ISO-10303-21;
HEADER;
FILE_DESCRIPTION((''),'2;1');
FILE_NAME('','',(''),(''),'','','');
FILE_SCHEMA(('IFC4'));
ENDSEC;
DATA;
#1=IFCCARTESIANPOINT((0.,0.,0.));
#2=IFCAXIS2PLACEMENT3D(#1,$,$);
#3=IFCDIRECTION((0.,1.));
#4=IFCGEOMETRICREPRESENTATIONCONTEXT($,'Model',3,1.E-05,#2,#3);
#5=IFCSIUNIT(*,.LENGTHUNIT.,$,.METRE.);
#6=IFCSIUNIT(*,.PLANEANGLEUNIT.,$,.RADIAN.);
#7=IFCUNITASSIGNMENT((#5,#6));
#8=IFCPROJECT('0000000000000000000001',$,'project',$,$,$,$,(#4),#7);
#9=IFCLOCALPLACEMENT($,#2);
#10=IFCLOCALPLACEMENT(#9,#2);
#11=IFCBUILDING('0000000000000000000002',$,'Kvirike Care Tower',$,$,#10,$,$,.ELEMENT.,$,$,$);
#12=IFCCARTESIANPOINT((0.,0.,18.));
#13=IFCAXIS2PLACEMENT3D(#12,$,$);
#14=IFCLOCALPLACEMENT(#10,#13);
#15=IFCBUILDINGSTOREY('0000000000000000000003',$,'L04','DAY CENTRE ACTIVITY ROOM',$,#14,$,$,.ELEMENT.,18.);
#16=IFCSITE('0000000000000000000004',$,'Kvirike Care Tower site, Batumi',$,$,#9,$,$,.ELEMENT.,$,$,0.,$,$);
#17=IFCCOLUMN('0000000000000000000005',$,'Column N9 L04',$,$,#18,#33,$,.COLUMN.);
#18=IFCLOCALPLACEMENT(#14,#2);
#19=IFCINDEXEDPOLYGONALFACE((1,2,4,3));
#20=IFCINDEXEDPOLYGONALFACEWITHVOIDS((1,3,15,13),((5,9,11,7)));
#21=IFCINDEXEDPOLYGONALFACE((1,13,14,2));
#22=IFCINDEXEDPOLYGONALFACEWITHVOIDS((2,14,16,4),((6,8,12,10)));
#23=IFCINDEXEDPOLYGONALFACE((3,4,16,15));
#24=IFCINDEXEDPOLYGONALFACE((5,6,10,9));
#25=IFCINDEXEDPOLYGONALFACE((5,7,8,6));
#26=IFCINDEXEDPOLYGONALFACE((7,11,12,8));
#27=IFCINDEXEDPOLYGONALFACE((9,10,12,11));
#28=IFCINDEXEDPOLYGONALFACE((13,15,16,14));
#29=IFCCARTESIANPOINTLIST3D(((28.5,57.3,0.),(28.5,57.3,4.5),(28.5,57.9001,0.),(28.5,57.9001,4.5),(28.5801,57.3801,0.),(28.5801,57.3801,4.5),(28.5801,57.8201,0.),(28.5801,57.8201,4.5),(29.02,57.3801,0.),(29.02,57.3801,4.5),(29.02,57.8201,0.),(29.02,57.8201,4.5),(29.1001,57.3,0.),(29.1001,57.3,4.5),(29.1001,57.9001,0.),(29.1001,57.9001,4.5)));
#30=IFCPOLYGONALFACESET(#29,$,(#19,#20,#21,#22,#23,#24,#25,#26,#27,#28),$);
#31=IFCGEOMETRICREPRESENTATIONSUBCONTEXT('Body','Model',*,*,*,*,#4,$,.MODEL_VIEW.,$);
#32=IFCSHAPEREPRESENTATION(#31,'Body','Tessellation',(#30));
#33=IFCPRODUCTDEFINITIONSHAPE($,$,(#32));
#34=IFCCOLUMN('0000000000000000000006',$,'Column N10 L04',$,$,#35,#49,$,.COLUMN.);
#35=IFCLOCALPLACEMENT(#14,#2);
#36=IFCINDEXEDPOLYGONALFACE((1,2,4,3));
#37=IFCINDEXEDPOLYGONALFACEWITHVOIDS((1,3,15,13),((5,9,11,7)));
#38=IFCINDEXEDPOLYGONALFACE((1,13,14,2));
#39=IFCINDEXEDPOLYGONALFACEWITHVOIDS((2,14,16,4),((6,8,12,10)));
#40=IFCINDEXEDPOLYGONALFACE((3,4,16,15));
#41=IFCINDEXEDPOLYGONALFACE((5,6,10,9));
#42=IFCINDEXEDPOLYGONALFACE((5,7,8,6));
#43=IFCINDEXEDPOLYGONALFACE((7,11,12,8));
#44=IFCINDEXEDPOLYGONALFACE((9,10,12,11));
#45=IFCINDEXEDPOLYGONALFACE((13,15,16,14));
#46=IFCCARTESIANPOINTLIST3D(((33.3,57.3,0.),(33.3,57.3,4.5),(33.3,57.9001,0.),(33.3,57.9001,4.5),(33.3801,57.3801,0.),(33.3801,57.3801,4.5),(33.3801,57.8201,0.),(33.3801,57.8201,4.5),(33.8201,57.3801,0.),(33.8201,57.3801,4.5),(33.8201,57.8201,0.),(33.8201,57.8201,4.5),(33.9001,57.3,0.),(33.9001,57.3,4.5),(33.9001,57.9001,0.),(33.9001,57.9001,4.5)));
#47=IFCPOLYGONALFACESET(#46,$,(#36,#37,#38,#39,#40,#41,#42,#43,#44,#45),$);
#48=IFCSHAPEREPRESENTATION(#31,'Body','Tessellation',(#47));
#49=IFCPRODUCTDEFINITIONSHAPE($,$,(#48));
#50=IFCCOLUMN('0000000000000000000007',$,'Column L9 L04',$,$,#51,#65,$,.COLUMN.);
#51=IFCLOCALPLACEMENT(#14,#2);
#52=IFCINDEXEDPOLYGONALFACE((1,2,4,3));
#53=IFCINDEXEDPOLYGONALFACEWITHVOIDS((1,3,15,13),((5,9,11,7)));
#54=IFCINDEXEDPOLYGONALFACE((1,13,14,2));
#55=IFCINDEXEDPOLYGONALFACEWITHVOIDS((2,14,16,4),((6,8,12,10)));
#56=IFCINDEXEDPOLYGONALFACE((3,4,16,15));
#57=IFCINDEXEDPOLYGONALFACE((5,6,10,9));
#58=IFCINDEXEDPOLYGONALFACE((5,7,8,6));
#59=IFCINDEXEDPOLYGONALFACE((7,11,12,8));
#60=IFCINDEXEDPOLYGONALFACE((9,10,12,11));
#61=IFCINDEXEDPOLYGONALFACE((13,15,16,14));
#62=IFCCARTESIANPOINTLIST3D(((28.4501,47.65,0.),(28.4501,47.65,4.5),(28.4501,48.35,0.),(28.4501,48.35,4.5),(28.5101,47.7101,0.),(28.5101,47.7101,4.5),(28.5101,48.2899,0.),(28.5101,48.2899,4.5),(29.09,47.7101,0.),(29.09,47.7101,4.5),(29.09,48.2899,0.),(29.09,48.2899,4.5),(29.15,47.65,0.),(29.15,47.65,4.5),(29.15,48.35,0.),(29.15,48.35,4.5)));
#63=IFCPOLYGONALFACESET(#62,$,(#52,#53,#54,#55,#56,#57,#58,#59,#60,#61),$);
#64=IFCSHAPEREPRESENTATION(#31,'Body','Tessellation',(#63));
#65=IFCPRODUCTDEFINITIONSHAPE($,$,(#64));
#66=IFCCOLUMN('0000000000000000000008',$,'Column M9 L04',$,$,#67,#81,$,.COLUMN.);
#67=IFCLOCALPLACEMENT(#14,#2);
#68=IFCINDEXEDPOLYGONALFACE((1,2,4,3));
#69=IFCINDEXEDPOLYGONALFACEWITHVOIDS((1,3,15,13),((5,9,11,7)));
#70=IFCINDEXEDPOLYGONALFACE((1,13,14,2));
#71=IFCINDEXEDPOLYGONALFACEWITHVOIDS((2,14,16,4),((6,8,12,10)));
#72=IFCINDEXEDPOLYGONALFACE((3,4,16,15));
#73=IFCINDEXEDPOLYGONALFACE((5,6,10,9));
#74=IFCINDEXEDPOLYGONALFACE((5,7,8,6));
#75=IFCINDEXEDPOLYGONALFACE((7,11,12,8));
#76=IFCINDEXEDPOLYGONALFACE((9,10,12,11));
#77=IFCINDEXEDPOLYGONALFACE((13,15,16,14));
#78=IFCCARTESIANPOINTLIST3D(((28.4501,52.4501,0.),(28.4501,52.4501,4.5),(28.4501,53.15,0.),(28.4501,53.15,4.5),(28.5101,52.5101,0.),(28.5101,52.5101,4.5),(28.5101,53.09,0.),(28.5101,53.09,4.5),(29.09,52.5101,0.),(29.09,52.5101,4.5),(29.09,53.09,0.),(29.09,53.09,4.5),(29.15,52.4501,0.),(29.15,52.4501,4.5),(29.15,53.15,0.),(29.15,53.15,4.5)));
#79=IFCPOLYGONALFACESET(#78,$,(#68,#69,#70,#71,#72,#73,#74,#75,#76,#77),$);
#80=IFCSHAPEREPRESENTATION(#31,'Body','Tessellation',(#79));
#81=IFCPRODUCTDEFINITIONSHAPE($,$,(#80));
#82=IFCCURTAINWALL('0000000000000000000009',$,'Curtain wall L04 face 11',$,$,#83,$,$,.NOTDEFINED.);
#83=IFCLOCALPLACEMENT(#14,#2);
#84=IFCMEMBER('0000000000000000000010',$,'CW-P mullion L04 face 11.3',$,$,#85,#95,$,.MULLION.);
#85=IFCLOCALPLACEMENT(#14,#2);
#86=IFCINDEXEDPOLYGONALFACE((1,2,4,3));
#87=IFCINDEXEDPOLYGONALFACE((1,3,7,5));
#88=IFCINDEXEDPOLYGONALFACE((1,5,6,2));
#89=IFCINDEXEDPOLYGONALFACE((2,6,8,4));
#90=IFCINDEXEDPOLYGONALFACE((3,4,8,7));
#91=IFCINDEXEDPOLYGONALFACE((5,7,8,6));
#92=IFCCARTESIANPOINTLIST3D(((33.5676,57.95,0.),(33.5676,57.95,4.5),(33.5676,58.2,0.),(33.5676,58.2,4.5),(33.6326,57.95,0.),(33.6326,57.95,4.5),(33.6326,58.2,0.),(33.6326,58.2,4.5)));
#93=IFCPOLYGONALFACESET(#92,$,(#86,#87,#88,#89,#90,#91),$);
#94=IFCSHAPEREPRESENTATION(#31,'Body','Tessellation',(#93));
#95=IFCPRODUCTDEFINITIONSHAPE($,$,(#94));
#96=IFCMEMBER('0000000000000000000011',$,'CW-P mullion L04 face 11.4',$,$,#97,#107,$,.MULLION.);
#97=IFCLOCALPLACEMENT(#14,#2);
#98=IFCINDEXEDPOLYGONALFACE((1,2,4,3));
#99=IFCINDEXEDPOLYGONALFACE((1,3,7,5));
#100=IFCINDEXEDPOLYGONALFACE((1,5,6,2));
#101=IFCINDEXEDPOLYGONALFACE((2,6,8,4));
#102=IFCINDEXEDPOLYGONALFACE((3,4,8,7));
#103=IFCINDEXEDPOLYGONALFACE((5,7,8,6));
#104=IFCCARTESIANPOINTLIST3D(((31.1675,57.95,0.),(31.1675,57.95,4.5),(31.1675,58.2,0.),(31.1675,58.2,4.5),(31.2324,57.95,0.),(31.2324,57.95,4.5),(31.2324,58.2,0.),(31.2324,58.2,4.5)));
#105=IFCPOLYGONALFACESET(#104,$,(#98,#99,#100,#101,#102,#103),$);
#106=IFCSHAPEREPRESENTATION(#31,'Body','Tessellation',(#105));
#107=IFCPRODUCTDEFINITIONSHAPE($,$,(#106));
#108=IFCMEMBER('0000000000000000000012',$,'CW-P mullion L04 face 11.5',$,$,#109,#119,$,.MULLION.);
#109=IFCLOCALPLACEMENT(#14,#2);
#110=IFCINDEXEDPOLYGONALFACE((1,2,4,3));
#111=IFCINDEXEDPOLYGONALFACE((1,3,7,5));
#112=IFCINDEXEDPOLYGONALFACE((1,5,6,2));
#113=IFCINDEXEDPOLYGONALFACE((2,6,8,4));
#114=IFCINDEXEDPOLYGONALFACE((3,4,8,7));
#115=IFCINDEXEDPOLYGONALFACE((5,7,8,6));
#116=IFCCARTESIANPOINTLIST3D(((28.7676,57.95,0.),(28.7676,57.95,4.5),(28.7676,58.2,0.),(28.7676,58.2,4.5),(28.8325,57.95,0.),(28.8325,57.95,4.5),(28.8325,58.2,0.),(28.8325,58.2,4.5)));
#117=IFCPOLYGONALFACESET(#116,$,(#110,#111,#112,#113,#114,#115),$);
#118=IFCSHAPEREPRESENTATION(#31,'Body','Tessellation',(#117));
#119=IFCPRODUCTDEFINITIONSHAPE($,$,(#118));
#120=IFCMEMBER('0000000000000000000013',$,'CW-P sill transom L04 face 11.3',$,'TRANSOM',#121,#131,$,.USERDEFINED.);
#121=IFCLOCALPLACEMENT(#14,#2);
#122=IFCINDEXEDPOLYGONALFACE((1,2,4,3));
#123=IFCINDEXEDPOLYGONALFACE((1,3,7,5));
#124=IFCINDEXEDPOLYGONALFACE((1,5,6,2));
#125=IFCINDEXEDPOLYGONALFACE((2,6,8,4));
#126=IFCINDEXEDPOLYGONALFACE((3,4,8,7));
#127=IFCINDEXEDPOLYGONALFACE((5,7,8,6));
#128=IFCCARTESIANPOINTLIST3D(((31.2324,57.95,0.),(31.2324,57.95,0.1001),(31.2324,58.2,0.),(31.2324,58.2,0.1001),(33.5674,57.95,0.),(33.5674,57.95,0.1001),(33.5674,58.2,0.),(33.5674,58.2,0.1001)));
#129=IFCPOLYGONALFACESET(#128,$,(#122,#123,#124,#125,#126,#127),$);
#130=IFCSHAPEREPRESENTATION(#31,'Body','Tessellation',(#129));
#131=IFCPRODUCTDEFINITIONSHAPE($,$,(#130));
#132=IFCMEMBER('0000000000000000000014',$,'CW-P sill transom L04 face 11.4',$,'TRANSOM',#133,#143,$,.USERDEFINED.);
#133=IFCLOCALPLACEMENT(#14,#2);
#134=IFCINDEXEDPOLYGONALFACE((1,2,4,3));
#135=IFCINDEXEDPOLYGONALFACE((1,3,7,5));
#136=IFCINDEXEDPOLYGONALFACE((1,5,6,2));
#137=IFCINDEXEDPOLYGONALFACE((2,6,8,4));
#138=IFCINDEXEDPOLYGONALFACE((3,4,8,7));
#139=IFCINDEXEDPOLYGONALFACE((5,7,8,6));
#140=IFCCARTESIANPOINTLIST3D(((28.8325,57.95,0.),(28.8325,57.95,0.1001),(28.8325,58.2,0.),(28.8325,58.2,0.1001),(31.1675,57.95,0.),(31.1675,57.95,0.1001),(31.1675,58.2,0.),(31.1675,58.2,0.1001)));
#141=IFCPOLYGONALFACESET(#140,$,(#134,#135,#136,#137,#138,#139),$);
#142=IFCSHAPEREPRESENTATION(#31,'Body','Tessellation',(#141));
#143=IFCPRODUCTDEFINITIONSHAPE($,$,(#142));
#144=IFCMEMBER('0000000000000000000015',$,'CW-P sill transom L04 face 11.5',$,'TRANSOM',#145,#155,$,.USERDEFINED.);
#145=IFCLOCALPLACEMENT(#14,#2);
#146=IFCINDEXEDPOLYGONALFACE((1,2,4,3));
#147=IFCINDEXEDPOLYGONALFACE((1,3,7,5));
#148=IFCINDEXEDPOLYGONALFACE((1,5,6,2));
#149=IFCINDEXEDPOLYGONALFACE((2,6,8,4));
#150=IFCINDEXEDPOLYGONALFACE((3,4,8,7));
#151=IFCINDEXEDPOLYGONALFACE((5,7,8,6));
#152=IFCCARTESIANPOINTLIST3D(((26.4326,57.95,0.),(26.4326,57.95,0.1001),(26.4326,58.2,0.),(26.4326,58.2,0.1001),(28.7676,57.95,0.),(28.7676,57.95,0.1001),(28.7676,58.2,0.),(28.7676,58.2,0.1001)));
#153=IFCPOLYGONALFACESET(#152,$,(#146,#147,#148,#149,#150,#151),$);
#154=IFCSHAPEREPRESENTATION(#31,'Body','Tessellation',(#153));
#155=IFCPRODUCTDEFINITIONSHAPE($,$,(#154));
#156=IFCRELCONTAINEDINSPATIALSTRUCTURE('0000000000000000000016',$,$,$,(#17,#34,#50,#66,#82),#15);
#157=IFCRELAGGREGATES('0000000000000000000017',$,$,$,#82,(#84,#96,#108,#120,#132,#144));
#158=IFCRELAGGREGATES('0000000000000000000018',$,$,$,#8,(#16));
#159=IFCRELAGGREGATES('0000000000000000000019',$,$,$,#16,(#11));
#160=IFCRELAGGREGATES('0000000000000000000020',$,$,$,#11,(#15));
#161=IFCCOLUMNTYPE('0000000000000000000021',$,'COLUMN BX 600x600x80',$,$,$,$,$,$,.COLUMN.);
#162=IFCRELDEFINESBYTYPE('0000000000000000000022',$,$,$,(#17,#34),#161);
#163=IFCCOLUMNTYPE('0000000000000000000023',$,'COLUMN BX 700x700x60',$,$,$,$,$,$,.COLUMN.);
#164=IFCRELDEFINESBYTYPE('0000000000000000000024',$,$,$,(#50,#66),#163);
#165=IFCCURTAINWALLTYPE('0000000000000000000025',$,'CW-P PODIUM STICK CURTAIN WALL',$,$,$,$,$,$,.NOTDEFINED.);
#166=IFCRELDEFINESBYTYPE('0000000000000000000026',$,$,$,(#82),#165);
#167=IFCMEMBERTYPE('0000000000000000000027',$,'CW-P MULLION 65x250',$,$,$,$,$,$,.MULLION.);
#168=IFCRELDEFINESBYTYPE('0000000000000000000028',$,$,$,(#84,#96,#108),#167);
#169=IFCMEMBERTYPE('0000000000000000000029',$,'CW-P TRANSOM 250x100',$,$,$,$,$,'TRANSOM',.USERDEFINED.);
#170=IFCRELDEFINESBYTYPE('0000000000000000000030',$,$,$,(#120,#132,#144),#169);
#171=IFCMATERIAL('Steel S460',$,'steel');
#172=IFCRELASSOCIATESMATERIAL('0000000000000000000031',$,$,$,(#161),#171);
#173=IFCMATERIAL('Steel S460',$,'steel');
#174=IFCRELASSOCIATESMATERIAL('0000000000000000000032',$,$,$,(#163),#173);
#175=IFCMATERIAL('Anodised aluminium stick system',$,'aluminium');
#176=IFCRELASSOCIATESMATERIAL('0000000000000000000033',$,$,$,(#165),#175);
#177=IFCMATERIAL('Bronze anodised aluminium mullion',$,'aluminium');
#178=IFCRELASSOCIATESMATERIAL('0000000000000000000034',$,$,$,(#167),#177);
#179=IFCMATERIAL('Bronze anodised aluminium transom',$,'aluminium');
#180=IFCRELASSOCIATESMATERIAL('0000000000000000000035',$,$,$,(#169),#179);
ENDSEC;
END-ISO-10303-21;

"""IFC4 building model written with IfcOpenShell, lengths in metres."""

from ifc_helpers import new_model, si_unit, direction, frame, origin, origin_2d, place, context, subcontext, project, spatial, rectangle, hollow_rectangle, extrude, material, material_profile, profile_set, type_object, element, aggregate, save


model = new_model("IFC4")

# Units and contexts
model_context = context("Model", 3, precision=1e-05, world=origin(), true_north=direction((0.0, 1.0)))
body_context = subcontext(model_context, "Body", "Model", "MODEL_VIEW")
ifc_project = project(units=[si_unit("LENGTHUNIT", "METRE"), si_unit("PLANEANGLEUNIT", "RADIAN")], contexts=[model_context])

# Site, building, storey
site_placement = place(None, origin())
site = spatial("IfcSite", under=ifc_project, at=site_placement, Name="Kvirike Care Tower site, Batumi", CompositionType="ELEMENT", RefElevation=0.0)
building_placement = place(site_placement, origin())
building = spatial("IfcBuilding", under=site, at=building_placement, Name="Kvirike Care Tower", CompositionType="ELEMENT")
storey_placement = place(building_placement, frame((0.0, 0.0, 18.0)))
storey = spatial("IfcBuildingStorey", under=building, at=storey_placement, Name="L04", Description="DAY CENTRE ACTIVITY ROOM", CompositionType="ELEMENT", Elevation=18.0)

# Columns
ifc_material_1 = material(Name="Steel S460", Category="steel")
ifc_material_profile_1 = material_profile(ifc_material_1, hollow_rectangle(XDim=0.6001, YDim=0.6001, WallThickness=0.0801, at=origin_2d()), Name="BX 600x600x80")
ifc_profile_set_1 = profile_set([ifc_material_profile_1], Name="Steel S460")
column_type_1 = type_object("IfcColumnType", Name="COLUMN BX 600x600x80", PredefinedType="COLUMN", material=ifc_profile_set_1)
for number, where, z_axis, x_axis, name in (
    (1, (28.8, 57.6001, 0.0), (0.0, 0.0, 1.0), (0.0, 1.0, 0.0), "Column N9 L04"),
    (2, (33.6001, 57.6001, 0.0), (0.0, 0.0, 1.0), (0.0, 1.0, 0.0), "Column N10 L04"),
):
    element("IfcColumn", number, at=place(storey_placement, frame(where, z_axis=z_axis, x_axis=x_axis)), inside=storey, type_object=column_type_1, Name=name, PredefinedType="COLUMN", context=body_context, shape_type="SweptSolid", body=[
        extrude(hollow_rectangle(XDim=0.6001, YDim=0.6001, WallThickness=0.0801, at=origin_2d()), origin(), (0.0, 0.0, 1.0), 4.5),
    ])
ifc_material_2 = material(Name="Steel S460", Category="steel")
ifc_material_profile_2 = material_profile(ifc_material_2, hollow_rectangle(XDim=0.7, YDim=0.7, WallThickness=0.0601, at=origin_2d()), Name="BX 700x700x60")
ifc_profile_set_2 = profile_set([ifc_material_profile_2], Name="Steel S460")
column_type_2 = type_object("IfcColumnType", Name="COLUMN BX 700x700x60", PredefinedType="COLUMN", material=ifc_profile_set_2)
for number, where, z_axis, x_axis, name in (
    (3, (28.8, 48.0, 0.0), (0.0, 0.0, 1.0), (1.0, 0.0, 0.0), "Column L9 L04"),
    (4, (28.8, 52.8, 0.0), (0.0, 0.0, 1.0), (1.0, 0.0, 0.0), "Column M9 L04"),
):
    element("IfcColumn", number, at=place(storey_placement, frame(where, z_axis=z_axis, x_axis=x_axis)), inside=storey, type_object=column_type_2, Name=name, PredefinedType="COLUMN", context=body_context, shape_type="SweptSolid", body=[
        extrude(hollow_rectangle(XDim=0.7, YDim=0.7, WallThickness=0.0601, at=origin_2d()), origin(), (0.0, 0.0, 1.0), 4.5),
    ])

# Curtain wall, members
ifc_material_3 = material(Name="Anodised aluminium stick system", Category="aluminium")
curtain_wall_type = type_object("IfcCurtainWallType", Name="CW-P PODIUM STICK CURTAIN WALL", PredefinedType="NOTDEFINED", material=ifc_material_3)
curtain_wall_placement = place(storey_placement, origin())
curtain_wall = element("IfcCurtainWall", 5, at=curtain_wall_placement, inside=storey, type_object=curtain_wall_type, Name="Curtain wall L04 face 11", PredefinedType="NOTDEFINED")
ifc_material_4 = material(Name="Bronze anodised aluminium mullion", Category="aluminium")
ifc_material_profile_3 = material_profile(ifc_material_4, rectangle(XDim=0.0649, YDim=0.25, at=origin_2d()), Name="CW-P MULLION 65x250")
ifc_profile_set_3 = profile_set([ifc_material_profile_3], Name="Bronze anodised aluminium mullion")
member_type_1 = type_object("IfcMemberType", Name="CW-P MULLION 65x250", PredefinedType="MULLION", material=ifc_profile_set_3)
member_1_placement = place(storey_placement, frame((33.6001, 58.075, 0.0), z_axis=(0.0, 0.0, 1.0), x_axis=(-1.0, 0.0, 0.0)))
member_1 = element("IfcMember", 6, at=member_1_placement, type_object=member_type_1, Name="CW-P mullion L04 face 11.3", PredefinedType="MULLION", context=body_context, shape_type="SweptSolid", body=[
    extrude(rectangle(XDim=0.0649, YDim=0.25, at=origin_2d()), origin(), (0.0, 0.0, 1.0), 4.5),
])
member_2_placement = place(storey_placement, frame((31.2, 58.075, 0.0), z_axis=(0.0, 0.0, 1.0), x_axis=(-1.0, 0.0, 0.0)))
member_2 = element("IfcMember", 7, at=member_2_placement, type_object=member_type_1, Name="CW-P mullion L04 face 11.4", PredefinedType="MULLION", context=body_context, shape_type="SweptSolid", body=[
    extrude(rectangle(XDim=0.0649, YDim=0.25, at=origin_2d()), origin(), (0.0, 0.0, 1.0), 4.5),
])
member_3_placement = place(storey_placement, frame((28.8, 58.075, 0.0), z_axis=(0.0, 0.0, 1.0), x_axis=(-1.0, 0.0, 0.0)))
member_3 = element("IfcMember", 8, at=member_3_placement, type_object=member_type_1, Name="CW-P mullion L04 face 11.5", PredefinedType="MULLION", context=body_context, shape_type="SweptSolid", body=[
    extrude(rectangle(XDim=0.0649, YDim=0.25, at=origin_2d()), origin(), (0.0, 0.0, 1.0), 4.5),
])
ifc_material_5 = material(Name="Bronze anodised aluminium transom", Category="aluminium")
ifc_material_profile_4 = material_profile(ifc_material_5, rectangle(XDim=0.25, YDim=0.1001, at=origin_2d()), Name="CW-P TRANSOM 250x100")
ifc_profile_set_4 = profile_set([ifc_material_profile_4], Name="Bronze anodised aluminium transom")
member_type_2 = type_object("IfcMemberType", Name="CW-P TRANSOM 250x100", ElementType="TRANSOM", PredefinedType="USERDEFINED", material=ifc_profile_set_4)
member_4_placement = place(storey_placement, frame((33.5674, 58.075, 0.05), z_axis=(-1.0, 0.0, 0.0), x_axis=(0.0, -1.0, 0.0)))
member_4 = element("IfcMember", 9, at=member_4_placement, type_object=member_type_2, Name="CW-P sill transom L04 face 11.3", ObjectType="TRANSOM", PredefinedType="USERDEFINED", context=body_context, shape_type="SweptSolid", body=[
    extrude(rectangle(XDim=0.25, YDim=0.1001, at=origin_2d()), origin(), (0.0, 0.0, 1.0), 2.335),
])
member_5_placement = place(storey_placement, frame((31.1675, 58.075, 0.05), z_axis=(-1.0, 0.0, 0.0), x_axis=(0.0, -1.0, 0.0)))
member_5 = element("IfcMember", 10, at=member_5_placement, type_object=member_type_2, Name="CW-P sill transom L04 face 11.4", ObjectType="TRANSOM", PredefinedType="USERDEFINED", context=body_context, shape_type="SweptSolid", body=[
    extrude(rectangle(XDim=0.25, YDim=0.1001, at=origin_2d()), origin(), (0.0, 0.0, 1.0), 2.335),
])
member_6_placement = place(storey_placement, frame((28.7676, 58.075, 0.05), z_axis=(-1.0, 0.0, 0.0), x_axis=(0.0, -1.0, 0.0)))
member_6 = element("IfcMember", 11, at=member_6_placement, type_object=member_type_2, Name="CW-P sill transom L04 face 11.5", ObjectType="TRANSOM", PredefinedType="USERDEFINED", context=body_context, shape_type="SweptSolid", body=[
    extrude(rectangle(XDim=0.25, YDim=0.1001, at=origin_2d()), origin(), (0.0, 0.0, 1.0), 2.335),
])

aggregate(curtain_wall, [member_1, member_2, member_3, member_4, member_5, member_6])

save(model, "model.ifc")
